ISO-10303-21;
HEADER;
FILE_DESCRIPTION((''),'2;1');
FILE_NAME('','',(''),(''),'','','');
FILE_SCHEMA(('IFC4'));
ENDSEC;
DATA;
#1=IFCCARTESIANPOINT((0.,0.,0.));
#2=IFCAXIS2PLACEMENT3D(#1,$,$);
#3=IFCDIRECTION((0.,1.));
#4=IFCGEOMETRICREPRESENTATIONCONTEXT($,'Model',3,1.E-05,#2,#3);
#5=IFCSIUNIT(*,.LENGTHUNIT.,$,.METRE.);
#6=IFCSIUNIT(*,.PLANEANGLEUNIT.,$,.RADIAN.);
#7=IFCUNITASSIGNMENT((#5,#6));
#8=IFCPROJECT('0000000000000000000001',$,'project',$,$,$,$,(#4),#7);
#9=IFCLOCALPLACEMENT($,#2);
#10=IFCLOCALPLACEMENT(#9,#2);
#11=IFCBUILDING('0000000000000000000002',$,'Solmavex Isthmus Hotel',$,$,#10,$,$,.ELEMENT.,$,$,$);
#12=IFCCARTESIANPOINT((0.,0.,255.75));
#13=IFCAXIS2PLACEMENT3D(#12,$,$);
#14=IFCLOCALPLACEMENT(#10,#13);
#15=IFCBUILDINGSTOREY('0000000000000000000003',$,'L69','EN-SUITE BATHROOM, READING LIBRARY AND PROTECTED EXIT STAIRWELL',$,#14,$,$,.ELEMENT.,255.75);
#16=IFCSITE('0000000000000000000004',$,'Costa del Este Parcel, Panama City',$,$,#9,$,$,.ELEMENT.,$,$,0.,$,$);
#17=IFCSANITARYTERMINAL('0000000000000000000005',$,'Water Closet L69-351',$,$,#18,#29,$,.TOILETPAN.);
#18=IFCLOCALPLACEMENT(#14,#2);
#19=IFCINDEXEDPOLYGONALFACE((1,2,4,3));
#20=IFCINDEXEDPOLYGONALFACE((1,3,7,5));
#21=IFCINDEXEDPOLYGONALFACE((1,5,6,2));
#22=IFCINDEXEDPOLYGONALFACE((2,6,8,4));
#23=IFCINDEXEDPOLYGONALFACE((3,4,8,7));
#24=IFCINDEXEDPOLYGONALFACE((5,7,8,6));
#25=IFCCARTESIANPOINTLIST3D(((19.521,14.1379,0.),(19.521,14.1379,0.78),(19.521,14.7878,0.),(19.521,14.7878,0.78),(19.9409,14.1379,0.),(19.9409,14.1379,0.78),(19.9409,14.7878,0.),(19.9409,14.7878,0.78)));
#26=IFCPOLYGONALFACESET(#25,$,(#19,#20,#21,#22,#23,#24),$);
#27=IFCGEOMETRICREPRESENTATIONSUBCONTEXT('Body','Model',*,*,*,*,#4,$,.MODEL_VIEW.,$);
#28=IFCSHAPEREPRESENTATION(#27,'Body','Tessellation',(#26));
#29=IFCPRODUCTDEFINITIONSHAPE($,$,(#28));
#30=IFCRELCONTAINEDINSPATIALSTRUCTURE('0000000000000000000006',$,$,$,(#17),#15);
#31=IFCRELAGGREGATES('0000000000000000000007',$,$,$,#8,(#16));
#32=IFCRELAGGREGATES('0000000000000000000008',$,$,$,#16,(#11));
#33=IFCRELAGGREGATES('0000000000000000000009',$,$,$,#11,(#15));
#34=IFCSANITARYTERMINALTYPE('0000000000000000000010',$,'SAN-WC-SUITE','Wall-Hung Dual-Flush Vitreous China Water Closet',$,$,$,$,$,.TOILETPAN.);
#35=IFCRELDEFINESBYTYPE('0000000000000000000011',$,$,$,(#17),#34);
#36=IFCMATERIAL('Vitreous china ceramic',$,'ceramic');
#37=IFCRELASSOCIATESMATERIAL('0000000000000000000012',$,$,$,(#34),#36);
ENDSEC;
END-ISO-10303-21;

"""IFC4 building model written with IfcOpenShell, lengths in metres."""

from ifc_helpers import new_model, si_unit, direction, frame, origin, origin_2d, place, context, subcontext, project, spatial, rectangle, extrude, material, type_object, element, save


model = new_model("IFC4")

# Units and contexts
model_context = context("Model", 3, precision=1e-05, world=origin(), true_north=direction((0.0, 1.0)))
body_context = subcontext(model_context, "Body", "Model", "MODEL_VIEW")
ifc_project = project(units=[si_unit("LENGTHUNIT", "METRE"), si_unit("PLANEANGLEUNIT", "RADIAN")], contexts=[model_context])

# Site, building, storey
site_placement = place(None, origin())
site = spatial("IfcSite", under=ifc_project, at=site_placement, Name="Costa del Este Parcel, Panama City", CompositionType="ELEMENT", RefElevation=0.0)
building_placement = place(site_placement, origin())
building = spatial("IfcBuilding", under=site, at=building_placement, Name="Solmavex Isthmus Hotel", CompositionType="ELEMENT")
storey_placement = place(building_placement, frame((0.0, 0.0, 255.75)))
storey = spatial("IfcBuildingStorey", under=building, at=storey_placement, Name="L69", Description="EN-SUITE BATHROOM, READING LIBRARY AND PROTECTED EXIT STAIRWELL", CompositionType="ELEMENT", Elevation=255.75)

# Sanitary terminal
ifc_material_1 = material(Name="Vitreous china ceramic", Category="ceramic")
sanitary_terminal_type_1 = type_object("IfcSanitaryTerminalType", Name="SAN-WC-SUITE", Description="Wall-Hung Dual-Flush Vitreous China Water Closet", PredefinedType="TOILETPAN", material=ifc_material_1)
sanitary_terminal_1_placement = place(storey_placement, frame((19.731, 14.4629, 0.0), z_axis=(0.0, 0.0, 1.0), x_axis=(1.0, 0.0, 0.0)))
element("IfcSanitaryTerminal", 1, at=sanitary_terminal_1_placement, inside=storey, type_object=sanitary_terminal_type_1, Name="Water Closet L69-351", PredefinedType="TOILETPAN", context=body_context, shape_type="SweptSolid", body=[
    extrude(rectangle(XDim=0.4199, YDim=0.6499, at=origin_2d()), origin(), (0.0, 0.0, 1.0), 0.78),
])

save(model, "model.ifc")
